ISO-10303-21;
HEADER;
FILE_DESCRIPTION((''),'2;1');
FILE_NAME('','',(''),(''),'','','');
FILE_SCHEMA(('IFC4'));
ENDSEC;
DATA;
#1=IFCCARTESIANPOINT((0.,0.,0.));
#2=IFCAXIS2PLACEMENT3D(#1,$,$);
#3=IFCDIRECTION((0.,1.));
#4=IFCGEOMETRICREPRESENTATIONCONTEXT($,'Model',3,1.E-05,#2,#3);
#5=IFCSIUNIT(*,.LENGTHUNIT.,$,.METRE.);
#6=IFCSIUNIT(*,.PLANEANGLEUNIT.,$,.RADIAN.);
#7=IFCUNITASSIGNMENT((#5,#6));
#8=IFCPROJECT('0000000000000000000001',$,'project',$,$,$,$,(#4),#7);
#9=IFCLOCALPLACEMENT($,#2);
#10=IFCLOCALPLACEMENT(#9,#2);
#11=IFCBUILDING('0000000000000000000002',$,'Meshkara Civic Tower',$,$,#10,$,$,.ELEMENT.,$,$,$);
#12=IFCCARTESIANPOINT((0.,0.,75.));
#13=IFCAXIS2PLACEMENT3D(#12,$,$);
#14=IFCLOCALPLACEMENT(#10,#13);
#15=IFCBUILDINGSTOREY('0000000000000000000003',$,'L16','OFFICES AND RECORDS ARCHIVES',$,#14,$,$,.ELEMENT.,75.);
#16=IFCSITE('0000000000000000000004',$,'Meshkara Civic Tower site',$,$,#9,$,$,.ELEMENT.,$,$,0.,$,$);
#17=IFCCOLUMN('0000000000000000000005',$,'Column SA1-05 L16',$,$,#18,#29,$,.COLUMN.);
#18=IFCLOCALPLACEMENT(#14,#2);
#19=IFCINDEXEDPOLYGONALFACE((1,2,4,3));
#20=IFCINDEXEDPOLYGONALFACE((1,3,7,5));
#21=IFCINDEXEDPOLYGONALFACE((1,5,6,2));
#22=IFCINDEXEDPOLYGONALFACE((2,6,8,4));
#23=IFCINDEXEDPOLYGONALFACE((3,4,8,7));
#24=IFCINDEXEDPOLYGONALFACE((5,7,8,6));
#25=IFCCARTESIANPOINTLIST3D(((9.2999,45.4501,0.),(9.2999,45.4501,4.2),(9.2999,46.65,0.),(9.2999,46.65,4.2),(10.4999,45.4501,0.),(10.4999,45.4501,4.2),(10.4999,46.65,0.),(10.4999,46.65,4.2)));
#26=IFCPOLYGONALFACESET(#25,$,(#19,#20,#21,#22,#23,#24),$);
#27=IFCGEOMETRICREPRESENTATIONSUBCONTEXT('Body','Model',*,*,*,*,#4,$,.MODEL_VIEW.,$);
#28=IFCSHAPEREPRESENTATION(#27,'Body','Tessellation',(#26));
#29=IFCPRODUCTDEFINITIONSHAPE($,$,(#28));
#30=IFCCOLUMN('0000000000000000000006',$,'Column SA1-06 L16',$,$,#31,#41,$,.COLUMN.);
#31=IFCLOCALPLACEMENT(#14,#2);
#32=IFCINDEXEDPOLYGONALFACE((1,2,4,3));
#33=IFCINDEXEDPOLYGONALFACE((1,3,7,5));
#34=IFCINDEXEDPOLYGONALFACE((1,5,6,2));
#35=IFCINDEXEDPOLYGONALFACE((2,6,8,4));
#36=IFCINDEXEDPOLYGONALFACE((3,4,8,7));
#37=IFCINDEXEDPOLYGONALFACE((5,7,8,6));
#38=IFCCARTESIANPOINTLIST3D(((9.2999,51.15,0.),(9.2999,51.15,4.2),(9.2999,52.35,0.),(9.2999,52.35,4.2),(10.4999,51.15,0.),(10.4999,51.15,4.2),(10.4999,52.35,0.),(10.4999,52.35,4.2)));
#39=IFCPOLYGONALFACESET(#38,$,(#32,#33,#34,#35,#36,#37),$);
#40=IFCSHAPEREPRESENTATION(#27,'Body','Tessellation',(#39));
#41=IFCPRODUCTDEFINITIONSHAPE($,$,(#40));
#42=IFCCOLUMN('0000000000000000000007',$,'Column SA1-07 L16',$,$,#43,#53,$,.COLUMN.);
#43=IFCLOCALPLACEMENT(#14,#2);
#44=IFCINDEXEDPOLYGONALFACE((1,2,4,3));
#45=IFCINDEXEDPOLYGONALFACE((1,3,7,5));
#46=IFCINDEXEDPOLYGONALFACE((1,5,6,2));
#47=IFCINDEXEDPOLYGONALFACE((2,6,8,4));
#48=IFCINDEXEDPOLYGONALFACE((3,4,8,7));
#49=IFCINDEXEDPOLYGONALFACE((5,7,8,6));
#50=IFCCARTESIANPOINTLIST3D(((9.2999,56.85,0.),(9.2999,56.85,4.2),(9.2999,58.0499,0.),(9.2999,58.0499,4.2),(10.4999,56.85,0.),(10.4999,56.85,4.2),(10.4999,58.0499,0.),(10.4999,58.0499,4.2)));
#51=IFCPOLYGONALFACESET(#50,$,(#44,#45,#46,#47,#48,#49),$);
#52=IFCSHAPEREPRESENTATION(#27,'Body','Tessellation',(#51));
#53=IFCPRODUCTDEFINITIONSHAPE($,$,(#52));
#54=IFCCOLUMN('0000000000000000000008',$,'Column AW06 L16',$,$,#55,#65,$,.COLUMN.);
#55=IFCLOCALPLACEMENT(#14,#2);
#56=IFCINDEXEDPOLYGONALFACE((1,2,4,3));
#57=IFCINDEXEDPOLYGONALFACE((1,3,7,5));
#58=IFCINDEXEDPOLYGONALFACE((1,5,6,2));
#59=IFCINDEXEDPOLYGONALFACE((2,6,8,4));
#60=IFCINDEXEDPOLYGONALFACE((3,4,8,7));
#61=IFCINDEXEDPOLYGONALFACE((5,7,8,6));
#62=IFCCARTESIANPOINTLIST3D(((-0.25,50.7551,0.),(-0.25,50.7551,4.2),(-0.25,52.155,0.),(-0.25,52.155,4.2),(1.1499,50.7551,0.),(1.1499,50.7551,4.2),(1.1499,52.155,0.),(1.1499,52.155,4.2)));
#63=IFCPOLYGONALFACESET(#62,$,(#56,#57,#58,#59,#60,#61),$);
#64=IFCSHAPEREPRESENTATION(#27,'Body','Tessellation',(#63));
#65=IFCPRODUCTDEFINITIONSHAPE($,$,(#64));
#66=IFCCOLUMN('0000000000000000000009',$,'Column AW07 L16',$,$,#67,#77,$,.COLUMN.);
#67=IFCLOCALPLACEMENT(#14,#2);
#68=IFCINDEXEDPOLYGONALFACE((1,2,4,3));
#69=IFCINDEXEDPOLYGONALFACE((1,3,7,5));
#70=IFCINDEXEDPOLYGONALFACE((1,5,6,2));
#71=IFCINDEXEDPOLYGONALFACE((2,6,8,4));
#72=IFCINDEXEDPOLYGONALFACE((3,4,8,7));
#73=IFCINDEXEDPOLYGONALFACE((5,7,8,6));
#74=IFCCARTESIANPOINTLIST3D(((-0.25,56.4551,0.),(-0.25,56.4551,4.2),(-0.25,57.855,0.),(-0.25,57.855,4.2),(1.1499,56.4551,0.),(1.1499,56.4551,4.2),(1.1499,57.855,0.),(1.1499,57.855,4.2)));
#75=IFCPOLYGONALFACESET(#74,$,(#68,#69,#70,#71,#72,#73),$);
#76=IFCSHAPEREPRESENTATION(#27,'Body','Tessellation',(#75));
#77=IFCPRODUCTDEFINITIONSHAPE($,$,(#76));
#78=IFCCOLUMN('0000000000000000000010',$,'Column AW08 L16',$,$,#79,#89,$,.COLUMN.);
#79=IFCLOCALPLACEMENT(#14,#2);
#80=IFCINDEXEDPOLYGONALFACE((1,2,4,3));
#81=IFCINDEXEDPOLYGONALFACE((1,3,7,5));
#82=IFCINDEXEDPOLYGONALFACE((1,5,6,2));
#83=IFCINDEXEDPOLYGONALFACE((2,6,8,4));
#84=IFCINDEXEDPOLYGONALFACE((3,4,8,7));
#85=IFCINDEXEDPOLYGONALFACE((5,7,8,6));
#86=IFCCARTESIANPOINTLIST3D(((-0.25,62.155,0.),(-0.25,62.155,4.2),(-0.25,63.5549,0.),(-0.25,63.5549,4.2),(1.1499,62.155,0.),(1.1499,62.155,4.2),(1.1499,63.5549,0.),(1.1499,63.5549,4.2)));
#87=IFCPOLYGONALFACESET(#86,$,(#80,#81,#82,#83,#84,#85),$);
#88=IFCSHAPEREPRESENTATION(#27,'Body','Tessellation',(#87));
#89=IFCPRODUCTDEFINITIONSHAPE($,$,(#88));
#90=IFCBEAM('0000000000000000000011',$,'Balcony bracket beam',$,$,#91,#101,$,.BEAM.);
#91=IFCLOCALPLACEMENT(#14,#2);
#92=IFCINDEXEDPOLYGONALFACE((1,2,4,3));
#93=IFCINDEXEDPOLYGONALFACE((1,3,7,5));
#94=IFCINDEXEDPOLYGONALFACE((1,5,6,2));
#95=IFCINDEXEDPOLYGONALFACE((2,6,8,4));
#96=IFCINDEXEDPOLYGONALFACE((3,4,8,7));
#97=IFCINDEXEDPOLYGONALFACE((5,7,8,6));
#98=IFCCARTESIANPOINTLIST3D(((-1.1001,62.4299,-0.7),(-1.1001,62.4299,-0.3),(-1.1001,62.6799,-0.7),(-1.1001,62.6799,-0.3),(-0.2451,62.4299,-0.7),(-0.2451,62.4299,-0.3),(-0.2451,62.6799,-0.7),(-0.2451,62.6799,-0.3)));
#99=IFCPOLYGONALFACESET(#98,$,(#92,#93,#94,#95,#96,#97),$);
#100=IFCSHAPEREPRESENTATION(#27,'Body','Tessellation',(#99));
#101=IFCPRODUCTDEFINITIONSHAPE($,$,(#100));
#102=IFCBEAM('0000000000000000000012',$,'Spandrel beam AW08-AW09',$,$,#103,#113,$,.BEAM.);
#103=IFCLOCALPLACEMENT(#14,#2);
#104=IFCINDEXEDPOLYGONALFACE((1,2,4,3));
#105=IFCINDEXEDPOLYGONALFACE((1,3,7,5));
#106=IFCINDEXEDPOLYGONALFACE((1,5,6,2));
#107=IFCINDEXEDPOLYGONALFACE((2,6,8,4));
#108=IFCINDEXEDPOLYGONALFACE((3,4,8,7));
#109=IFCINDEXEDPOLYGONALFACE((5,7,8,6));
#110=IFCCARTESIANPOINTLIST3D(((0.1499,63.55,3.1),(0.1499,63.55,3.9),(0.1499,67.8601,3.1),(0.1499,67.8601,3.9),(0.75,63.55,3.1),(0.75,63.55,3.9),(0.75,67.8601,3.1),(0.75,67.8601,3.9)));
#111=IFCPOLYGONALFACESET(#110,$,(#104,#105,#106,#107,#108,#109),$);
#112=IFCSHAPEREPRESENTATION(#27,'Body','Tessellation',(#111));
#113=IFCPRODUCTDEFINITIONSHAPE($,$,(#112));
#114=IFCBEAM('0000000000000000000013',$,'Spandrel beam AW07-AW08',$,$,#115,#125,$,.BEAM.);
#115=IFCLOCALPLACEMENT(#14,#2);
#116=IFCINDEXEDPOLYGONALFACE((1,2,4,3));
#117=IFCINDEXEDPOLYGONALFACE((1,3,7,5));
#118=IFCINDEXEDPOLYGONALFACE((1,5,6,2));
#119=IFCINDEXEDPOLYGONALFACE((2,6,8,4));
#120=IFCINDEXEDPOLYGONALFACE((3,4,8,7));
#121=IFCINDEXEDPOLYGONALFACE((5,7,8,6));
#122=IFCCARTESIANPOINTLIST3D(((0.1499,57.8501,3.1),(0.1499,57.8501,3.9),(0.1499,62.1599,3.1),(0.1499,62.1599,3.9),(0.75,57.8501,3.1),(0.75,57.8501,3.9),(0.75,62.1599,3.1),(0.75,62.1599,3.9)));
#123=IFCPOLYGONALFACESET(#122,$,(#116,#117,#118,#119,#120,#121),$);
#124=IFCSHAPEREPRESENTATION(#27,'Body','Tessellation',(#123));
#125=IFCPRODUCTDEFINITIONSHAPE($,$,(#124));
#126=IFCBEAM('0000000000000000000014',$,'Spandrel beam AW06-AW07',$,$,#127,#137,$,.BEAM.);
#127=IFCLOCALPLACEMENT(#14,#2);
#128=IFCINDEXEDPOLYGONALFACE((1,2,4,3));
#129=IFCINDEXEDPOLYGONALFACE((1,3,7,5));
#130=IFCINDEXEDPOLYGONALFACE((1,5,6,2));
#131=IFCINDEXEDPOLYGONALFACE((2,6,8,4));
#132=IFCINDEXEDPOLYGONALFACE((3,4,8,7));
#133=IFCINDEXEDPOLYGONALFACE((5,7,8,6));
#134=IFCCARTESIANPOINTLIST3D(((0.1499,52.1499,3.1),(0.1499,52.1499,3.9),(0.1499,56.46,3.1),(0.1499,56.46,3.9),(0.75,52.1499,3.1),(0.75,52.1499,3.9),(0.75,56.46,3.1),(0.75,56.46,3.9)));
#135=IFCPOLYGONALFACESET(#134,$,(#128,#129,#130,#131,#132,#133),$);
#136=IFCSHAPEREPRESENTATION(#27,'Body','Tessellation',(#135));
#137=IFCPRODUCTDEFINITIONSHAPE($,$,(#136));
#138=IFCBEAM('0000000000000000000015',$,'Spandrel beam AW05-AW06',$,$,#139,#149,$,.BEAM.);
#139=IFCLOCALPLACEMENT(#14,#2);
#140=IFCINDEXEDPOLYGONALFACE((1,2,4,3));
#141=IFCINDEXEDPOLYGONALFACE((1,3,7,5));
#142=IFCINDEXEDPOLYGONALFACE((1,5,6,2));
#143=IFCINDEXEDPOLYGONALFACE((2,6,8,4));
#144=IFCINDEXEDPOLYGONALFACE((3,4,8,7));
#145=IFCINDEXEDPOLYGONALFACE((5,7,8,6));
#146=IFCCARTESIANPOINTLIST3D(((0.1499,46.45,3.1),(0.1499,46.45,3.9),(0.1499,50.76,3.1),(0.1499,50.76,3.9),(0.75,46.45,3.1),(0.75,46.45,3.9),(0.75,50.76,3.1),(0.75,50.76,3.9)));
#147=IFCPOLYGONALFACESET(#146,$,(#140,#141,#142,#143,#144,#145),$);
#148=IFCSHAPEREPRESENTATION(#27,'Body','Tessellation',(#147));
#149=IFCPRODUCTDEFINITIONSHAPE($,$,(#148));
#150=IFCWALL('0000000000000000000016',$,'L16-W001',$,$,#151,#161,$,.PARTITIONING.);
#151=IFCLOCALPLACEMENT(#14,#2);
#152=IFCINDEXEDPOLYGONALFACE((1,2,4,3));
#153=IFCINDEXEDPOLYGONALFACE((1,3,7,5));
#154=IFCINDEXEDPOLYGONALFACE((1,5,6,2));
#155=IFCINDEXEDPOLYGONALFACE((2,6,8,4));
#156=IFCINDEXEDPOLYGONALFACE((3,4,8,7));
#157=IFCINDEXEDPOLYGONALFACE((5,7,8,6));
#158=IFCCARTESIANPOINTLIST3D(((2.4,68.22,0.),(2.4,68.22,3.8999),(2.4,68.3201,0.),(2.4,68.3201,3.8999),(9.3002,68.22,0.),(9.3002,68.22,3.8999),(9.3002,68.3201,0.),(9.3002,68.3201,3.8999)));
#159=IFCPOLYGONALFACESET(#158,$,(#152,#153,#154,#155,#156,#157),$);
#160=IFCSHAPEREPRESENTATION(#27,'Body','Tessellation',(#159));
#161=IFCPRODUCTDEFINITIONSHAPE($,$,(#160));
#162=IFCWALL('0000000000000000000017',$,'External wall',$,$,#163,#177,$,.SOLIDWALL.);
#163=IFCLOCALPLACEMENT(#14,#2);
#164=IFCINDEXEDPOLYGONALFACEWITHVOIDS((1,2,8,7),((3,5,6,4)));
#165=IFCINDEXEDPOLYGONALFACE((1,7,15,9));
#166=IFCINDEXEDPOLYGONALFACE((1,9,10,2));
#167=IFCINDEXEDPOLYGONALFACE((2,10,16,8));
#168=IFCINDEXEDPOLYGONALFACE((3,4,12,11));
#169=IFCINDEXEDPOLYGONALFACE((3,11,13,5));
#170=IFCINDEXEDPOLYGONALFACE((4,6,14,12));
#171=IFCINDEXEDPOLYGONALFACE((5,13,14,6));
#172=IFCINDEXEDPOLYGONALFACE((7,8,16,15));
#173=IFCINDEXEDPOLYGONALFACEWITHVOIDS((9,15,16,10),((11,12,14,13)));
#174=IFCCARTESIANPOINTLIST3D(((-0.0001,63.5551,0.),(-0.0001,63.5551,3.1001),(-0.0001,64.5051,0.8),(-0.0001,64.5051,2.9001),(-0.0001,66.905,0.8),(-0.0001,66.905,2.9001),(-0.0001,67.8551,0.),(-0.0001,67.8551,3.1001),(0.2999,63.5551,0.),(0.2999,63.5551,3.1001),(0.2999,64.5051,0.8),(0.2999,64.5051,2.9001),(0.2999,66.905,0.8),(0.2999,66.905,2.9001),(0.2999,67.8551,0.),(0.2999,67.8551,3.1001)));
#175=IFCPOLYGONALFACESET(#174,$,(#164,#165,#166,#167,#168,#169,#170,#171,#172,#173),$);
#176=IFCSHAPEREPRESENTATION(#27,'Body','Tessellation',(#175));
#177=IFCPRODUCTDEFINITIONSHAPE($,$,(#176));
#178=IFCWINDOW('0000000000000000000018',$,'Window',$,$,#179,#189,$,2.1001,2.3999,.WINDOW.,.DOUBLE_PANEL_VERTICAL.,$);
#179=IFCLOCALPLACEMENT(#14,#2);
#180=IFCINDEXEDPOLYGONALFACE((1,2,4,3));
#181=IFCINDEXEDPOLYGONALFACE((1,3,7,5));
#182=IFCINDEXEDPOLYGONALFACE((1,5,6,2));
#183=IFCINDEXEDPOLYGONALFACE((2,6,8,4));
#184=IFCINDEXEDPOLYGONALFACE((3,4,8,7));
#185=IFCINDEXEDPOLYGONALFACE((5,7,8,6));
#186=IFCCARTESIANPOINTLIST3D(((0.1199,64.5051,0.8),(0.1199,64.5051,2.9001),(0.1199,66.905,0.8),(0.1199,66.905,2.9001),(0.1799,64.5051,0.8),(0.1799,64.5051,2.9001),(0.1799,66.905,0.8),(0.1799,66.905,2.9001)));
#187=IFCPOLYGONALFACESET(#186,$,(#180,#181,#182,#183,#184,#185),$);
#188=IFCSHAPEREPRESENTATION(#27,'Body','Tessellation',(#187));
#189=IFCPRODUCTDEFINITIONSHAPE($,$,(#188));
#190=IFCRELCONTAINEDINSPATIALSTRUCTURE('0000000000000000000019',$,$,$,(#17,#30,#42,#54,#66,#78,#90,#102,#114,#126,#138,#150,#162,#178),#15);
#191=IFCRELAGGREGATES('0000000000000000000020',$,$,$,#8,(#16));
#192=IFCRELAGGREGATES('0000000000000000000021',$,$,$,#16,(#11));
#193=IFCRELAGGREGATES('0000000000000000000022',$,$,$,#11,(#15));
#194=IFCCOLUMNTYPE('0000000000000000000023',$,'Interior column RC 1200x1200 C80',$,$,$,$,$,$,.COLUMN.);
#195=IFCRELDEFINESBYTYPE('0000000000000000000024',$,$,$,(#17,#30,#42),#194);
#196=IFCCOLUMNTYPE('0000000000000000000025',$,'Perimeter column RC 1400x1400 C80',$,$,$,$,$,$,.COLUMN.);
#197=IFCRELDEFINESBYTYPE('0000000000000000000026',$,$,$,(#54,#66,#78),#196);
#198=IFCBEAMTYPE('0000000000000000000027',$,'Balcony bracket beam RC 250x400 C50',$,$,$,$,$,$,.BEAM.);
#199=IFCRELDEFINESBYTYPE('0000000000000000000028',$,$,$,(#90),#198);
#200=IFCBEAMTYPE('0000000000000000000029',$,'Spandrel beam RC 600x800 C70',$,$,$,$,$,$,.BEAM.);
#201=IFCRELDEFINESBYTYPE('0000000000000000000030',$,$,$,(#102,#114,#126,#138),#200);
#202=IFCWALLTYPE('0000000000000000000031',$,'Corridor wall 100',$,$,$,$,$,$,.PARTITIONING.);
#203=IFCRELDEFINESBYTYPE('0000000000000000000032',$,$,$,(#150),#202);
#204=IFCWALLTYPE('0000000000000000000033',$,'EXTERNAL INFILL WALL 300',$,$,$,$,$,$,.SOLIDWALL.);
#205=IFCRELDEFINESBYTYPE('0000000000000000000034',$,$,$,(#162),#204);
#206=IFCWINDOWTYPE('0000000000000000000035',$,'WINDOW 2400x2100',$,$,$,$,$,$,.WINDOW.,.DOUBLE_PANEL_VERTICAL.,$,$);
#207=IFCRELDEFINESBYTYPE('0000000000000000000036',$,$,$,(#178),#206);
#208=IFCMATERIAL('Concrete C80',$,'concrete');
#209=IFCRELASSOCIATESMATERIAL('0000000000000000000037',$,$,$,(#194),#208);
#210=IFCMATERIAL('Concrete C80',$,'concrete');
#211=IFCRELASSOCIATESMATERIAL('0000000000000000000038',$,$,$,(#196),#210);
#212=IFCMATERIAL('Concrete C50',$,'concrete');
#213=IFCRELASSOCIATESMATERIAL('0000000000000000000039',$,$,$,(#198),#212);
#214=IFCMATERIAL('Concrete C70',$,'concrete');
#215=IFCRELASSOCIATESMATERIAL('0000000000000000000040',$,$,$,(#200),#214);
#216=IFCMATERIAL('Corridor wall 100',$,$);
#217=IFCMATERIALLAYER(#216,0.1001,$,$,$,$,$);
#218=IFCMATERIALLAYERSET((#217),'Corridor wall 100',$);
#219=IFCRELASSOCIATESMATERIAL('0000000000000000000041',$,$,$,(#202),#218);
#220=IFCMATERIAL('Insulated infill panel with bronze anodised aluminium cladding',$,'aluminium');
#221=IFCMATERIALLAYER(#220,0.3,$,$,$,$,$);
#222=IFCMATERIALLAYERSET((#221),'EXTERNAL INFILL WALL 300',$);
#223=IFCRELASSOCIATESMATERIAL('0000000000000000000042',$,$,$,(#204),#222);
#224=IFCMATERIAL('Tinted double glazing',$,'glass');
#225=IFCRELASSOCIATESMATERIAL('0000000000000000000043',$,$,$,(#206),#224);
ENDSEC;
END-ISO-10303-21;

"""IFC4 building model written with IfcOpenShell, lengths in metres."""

from ifc_helpers import new_model, si_unit, direction, frame, frame_2d, origin, origin_2d, place, context, subcontext, project, spatial, rectangle, extrude, material, layer, layer_set, material_profile, profile_set, type_object, element, fill, save


model = new_model("IFC4")

# Units and contexts
model_context = context("Model", 3, precision=1e-05, world=origin(), true_north=direction((0.0, 1.0)))
body_context = subcontext(model_context, "Body", "Model", "MODEL_VIEW")
ifc_project = project(units=[si_unit("LENGTHUNIT", "METRE"), si_unit("PLANEANGLEUNIT", "RADIAN")], contexts=[model_context])

# Site, building, storey
site_placement = place(None, origin())
site = spatial("IfcSite", under=ifc_project, at=site_placement, Name="Meshkara Civic Tower site", CompositionType="ELEMENT", RefElevation=0.0)
building_placement = place(site_placement, origin())
building = spatial("IfcBuilding", under=site, at=building_placement, Name="Meshkara Civic Tower", CompositionType="ELEMENT")
storey_placement = place(building_placement, frame((0.0, 0.0, 75.0)))
storey = spatial("IfcBuildingStorey", under=building, at=storey_placement, Name="L16", Description="OFFICES AND RECORDS ARCHIVES", CompositionType="ELEMENT", Elevation=75.0)

# Columns
ifc_material_1 = material(Name="Concrete C80", Category="concrete")
ifc_material_profile_1 = material_profile(ifc_material_1, rectangle(XDim=1.2, YDim=1.2, at=origin_2d()))
ifc_profile_set_1 = profile_set([ifc_material_profile_1], Name="Concrete C80")
column_type_1 = type_object("IfcColumnType", Name="Interior column RC 1200x1200 C80", PredefinedType="COLUMN", material=ifc_profile_set_1)
for number, where, z_axis, x_axis, name in (
    (1, (9.8999, 46.05, 0.0), (0.0, 0.0, 1.0), (1.0, 0.0, 0.0), "Column SA1-05 L16"),
    (2, (9.8999, 51.75, 0.0), (0.0, 0.0, 1.0), (1.0, 0.0, 0.0), "Column SA1-06 L16"),
    (3, (9.8999, 57.45, 0.0), (0.0, 0.0, 1.0), (1.0, 0.0, 0.0), "Column SA1-07 L16"),
):
    element("IfcColumn", number, at=place(storey_placement, frame(where, z_axis=z_axis, x_axis=x_axis)), inside=storey, type_object=column_type_1, Name=name, PredefinedType="COLUMN", context=body_context, shape_type="SweptSolid", body=[
        extrude(rectangle(XDim=1.2, YDim=1.2, at=origin_2d()), origin(), (0.0, 0.0, 1.0), 4.2),
    ])
ifc_material_2 = material(Name="Concrete C80", Category="concrete")
ifc_material_profile_2 = material_profile(ifc_material_2, rectangle(XDim=1.3999, YDim=1.3999, at=origin_2d()))
ifc_profile_set_2 = profile_set([ifc_material_profile_2], Name="Concrete C80")
column_type_2 = type_object("IfcColumnType", Name="Perimeter column RC 1400x1400 C80", PredefinedType="COLUMN", material=ifc_profile_set_2)
for number, where, z_axis, x_axis, name in (
    (4, (0.45, 51.4551, 0.0), (0.0, 0.0, 1.0), (1.0, 0.0, 0.0), "Column AW06 L16"),
    (5, (0.45, 57.155, 0.0), (0.0, 0.0, 1.0), (1.0, 0.0, 0.0), "Column AW07 L16"),
    (6, (0.45, 62.855, 0.0), (0.0, 0.0, 1.0), (1.0, 0.0, 0.0), "Column AW08 L16"),
):
    element("IfcColumn", number, at=place(storey_placement, frame(where, z_axis=z_axis, x_axis=x_axis)), inside=storey, type_object=column_type_2, Name=name, PredefinedType="COLUMN", context=body_context, shape_type="SweptSolid", body=[
        extrude(rectangle(XDim=1.3999, YDim=1.3999, at=origin_2d()), origin(), (0.0, 0.0, 1.0), 4.2),
    ])

# Beams
ifc_material_3 = material(Name="Concrete C50", Category="concrete")
ifc_material_profile_3 = material_profile(ifc_material_3, rectangle(XDim=0.25, YDim=0.3999, at=origin_2d()))
ifc_profile_set_3 = profile_set([ifc_material_profile_3], Name="Concrete C50")
beam_type_1 = type_object("IfcBeamType", Name="Balcony bracket beam RC 250x400 C50", PredefinedType="BEAM", material=ifc_profile_set_3)
beam_1_placement = place(storey_placement, frame((-0.2451, 62.5549, -0.5), z_axis=(-1.0, 0.0, 0.0), x_axis=(0.0, -1.0, 0.0)))
element("IfcBeam", 7, at=beam_1_placement, inside=storey, type_object=beam_type_1, Name="Balcony bracket beam", PredefinedType="BEAM", context=body_context, shape_type="SweptSolid", body=[
    extrude(rectangle(XDim=0.25, YDim=0.3999, at=origin_2d()), origin(), (0.0, 0.0, 1.0), 0.855),
])
ifc_material_4 = material(Name="Concrete C70", Category="concrete")
ifc_material_profile_4 = material_profile(ifc_material_4, rectangle(XDim=0.6001, YDim=0.8, at=origin_2d()))
ifc_profile_set_4 = profile_set([ifc_material_profile_4], Name="Concrete C70")
beam_type_2 = type_object("IfcBeamType", Name="Spandrel beam RC 600x800 C70", PredefinedType="BEAM", material=ifc_profile_set_4)
beam_2_placement = place(storey_placement, frame((0.45, 67.8601, 3.5), z_axis=(0.0, -1.0, 0.0), x_axis=(1.0, 0.0, 0.0)))
element("IfcBeam", 8, at=beam_2_placement, inside=storey, type_object=beam_type_2, Name="Spandrel beam AW08-AW09", PredefinedType="BEAM", context=body_context, shape_type="SweptSolid", body=[
    extrude(rectangle(XDim=0.6001, YDim=0.8, at=origin_2d()), origin(), (0.0, 0.0, 1.0), 4.3101),
])
beam_3_placement = place(storey_placement, frame((0.45, 62.1599, 3.5), z_axis=(0.0, -1.0, 0.0), x_axis=(1.0, 0.0, 0.0)))
element("IfcBeam", 9, at=beam_3_placement, inside=storey, type_object=beam_type_2, Name="Spandrel beam AW07-AW08", PredefinedType="BEAM", context=body_context, shape_type="SweptSolid", body=[
    extrude(rectangle(XDim=0.6001, YDim=0.8, at=origin_2d()), origin(), (0.0, 0.0, 1.0), 4.3098),
])
for number, where, z_axis, x_axis, name in (
    (10, (0.45, 56.46, 3.5), (0.0, -1.0, 0.0), (1.0, 0.0, 0.0), "Spandrel beam AW06-AW07"),
    (11, (0.45, 50.76, 3.5), (0.0, -1.0, 0.0), (1.0, 0.0, 0.0), "Spandrel beam AW05-AW06"),
):
    element("IfcBeam", number, at=place(storey_placement, frame(where, z_axis=z_axis, x_axis=x_axis)), inside=storey, type_object=beam_type_2, Name=name, PredefinedType="BEAM", context=body_context, shape_type="SweptSolid", body=[
        extrude(rectangle(XDim=0.6001, YDim=0.8, at=origin_2d()), origin(), (0.0, 0.0, 1.0), 4.3101),
    ])

# Wall
ifc_material_5 = material(Name="Corridor wall 100")
ifc_layer_1 = layer(ifc_material_5, 0.1001)
ifc_layer_set_1 = layer_set([ifc_layer_1], Name="Corridor wall 100")
wall_type_1 = type_object("IfcWallType", Name="Corridor wall 100", PredefinedType="PARTITIONING", material=ifc_layer_set_1)
wall_1_placement = place(storey_placement, frame((2.3999, 68.27, 0.0), z_axis=(0.0, 0.0, 1.0), x_axis=(1.0, 0.0, 0.0)))
element("IfcWall", 12, at=wall_1_placement, inside=storey, type_object=wall_type_1, Name="L16-W001", PredefinedType="PARTITIONING", context=body_context, shape_type="SweptSolid", body=[
    extrude(rectangle(XDim=6.9001, YDim=0.1001, at=frame_2d((3.4502, 0.0))), origin(), (0.0, 0.0, 1.0), 3.8999),
])

# Wall, opening, window
ifc_material_6 = material(Name="Insulated infill panel with bronze anodised aluminium cladding", Category="aluminium")
ifc_layer_2 = layer(ifc_material_6, 0.3)
ifc_layer_set_2 = layer_set([ifc_layer_2], Name="EXTERNAL INFILL WALL 300")
wall_type_2 = type_object("IfcWallType", Name="EXTERNAL INFILL WALL 300", PredefinedType="SOLIDWALL", material=ifc_layer_set_2)
wall_2_placement = place(storey_placement, frame((0.1499, 67.855, 0.0), z_axis=(0.0, 0.0, 1.0), x_axis=(0.0, -1.0, 0.0)))
wall_2 = element("IfcWall", 13, at=wall_2_placement, inside=storey, type_object=wall_type_2, Name="External wall", PredefinedType="SOLIDWALL", context=body_context, shape_type="SweptSolid", body=[
    extrude(rectangle(XDim=4.3, YDim=0.3, at=frame_2d((2.1499, 0.0))), origin(), (0.0, 0.0, 1.0), 3.1001),
])
opening_1_placement = place(wall_2_placement, frame((0.95, 0.0, 0.8)))
opening_1 = element("IfcOpeningElement", 14, at=opening_1_placement, cuts=wall_2, PredefinedType="OPENING", context=body_context, shape_type="SweptSolid", body=[
    extrude(rectangle(XDim=2.3999, YDim=2.1001, at=frame_2d((1.2, 1.05))), frame((0.0, 0.1599, 0.0), z_axis=(0.0, -1.0, 0.0), x_axis=(1.0, 0.0, 0.0)), (0.0, 0.0, 1.0), 0.3201),
])
ifc_material_7 = material(Name="Tinted double glazing", Category="glass")
window_type = type_object("IfcWindowType", Name="WINDOW 2400x2100", PartitioningType="DOUBLE_PANEL_VERTICAL", PredefinedType="WINDOW", material=ifc_material_7)
window_1_placement = place(opening_1_placement, origin())
window_1 = element("IfcWindow", 15, at=window_1_placement, inside=storey, type_object=window_type, Name="Window", OverallHeight=2.1001, OverallWidth=2.3999, PartitioningType="DOUBLE_PANEL_VERTICAL", PredefinedType="WINDOW", context=body_context, shape_type="SweptSolid", body=[
    extrude(rectangle(XDim=2.3999, YDim=2.1001, at=frame_2d((1.2, 1.05))), frame((0.0, 0.03, 0.0), z_axis=(0.0, -1.0, 0.0), x_axis=(1.0, 0.0, 0.0)), (0.0, 0.0, 1.0), 0.0601),
])
fill(opening_1, window_1)

save(model, "model.ifc")
